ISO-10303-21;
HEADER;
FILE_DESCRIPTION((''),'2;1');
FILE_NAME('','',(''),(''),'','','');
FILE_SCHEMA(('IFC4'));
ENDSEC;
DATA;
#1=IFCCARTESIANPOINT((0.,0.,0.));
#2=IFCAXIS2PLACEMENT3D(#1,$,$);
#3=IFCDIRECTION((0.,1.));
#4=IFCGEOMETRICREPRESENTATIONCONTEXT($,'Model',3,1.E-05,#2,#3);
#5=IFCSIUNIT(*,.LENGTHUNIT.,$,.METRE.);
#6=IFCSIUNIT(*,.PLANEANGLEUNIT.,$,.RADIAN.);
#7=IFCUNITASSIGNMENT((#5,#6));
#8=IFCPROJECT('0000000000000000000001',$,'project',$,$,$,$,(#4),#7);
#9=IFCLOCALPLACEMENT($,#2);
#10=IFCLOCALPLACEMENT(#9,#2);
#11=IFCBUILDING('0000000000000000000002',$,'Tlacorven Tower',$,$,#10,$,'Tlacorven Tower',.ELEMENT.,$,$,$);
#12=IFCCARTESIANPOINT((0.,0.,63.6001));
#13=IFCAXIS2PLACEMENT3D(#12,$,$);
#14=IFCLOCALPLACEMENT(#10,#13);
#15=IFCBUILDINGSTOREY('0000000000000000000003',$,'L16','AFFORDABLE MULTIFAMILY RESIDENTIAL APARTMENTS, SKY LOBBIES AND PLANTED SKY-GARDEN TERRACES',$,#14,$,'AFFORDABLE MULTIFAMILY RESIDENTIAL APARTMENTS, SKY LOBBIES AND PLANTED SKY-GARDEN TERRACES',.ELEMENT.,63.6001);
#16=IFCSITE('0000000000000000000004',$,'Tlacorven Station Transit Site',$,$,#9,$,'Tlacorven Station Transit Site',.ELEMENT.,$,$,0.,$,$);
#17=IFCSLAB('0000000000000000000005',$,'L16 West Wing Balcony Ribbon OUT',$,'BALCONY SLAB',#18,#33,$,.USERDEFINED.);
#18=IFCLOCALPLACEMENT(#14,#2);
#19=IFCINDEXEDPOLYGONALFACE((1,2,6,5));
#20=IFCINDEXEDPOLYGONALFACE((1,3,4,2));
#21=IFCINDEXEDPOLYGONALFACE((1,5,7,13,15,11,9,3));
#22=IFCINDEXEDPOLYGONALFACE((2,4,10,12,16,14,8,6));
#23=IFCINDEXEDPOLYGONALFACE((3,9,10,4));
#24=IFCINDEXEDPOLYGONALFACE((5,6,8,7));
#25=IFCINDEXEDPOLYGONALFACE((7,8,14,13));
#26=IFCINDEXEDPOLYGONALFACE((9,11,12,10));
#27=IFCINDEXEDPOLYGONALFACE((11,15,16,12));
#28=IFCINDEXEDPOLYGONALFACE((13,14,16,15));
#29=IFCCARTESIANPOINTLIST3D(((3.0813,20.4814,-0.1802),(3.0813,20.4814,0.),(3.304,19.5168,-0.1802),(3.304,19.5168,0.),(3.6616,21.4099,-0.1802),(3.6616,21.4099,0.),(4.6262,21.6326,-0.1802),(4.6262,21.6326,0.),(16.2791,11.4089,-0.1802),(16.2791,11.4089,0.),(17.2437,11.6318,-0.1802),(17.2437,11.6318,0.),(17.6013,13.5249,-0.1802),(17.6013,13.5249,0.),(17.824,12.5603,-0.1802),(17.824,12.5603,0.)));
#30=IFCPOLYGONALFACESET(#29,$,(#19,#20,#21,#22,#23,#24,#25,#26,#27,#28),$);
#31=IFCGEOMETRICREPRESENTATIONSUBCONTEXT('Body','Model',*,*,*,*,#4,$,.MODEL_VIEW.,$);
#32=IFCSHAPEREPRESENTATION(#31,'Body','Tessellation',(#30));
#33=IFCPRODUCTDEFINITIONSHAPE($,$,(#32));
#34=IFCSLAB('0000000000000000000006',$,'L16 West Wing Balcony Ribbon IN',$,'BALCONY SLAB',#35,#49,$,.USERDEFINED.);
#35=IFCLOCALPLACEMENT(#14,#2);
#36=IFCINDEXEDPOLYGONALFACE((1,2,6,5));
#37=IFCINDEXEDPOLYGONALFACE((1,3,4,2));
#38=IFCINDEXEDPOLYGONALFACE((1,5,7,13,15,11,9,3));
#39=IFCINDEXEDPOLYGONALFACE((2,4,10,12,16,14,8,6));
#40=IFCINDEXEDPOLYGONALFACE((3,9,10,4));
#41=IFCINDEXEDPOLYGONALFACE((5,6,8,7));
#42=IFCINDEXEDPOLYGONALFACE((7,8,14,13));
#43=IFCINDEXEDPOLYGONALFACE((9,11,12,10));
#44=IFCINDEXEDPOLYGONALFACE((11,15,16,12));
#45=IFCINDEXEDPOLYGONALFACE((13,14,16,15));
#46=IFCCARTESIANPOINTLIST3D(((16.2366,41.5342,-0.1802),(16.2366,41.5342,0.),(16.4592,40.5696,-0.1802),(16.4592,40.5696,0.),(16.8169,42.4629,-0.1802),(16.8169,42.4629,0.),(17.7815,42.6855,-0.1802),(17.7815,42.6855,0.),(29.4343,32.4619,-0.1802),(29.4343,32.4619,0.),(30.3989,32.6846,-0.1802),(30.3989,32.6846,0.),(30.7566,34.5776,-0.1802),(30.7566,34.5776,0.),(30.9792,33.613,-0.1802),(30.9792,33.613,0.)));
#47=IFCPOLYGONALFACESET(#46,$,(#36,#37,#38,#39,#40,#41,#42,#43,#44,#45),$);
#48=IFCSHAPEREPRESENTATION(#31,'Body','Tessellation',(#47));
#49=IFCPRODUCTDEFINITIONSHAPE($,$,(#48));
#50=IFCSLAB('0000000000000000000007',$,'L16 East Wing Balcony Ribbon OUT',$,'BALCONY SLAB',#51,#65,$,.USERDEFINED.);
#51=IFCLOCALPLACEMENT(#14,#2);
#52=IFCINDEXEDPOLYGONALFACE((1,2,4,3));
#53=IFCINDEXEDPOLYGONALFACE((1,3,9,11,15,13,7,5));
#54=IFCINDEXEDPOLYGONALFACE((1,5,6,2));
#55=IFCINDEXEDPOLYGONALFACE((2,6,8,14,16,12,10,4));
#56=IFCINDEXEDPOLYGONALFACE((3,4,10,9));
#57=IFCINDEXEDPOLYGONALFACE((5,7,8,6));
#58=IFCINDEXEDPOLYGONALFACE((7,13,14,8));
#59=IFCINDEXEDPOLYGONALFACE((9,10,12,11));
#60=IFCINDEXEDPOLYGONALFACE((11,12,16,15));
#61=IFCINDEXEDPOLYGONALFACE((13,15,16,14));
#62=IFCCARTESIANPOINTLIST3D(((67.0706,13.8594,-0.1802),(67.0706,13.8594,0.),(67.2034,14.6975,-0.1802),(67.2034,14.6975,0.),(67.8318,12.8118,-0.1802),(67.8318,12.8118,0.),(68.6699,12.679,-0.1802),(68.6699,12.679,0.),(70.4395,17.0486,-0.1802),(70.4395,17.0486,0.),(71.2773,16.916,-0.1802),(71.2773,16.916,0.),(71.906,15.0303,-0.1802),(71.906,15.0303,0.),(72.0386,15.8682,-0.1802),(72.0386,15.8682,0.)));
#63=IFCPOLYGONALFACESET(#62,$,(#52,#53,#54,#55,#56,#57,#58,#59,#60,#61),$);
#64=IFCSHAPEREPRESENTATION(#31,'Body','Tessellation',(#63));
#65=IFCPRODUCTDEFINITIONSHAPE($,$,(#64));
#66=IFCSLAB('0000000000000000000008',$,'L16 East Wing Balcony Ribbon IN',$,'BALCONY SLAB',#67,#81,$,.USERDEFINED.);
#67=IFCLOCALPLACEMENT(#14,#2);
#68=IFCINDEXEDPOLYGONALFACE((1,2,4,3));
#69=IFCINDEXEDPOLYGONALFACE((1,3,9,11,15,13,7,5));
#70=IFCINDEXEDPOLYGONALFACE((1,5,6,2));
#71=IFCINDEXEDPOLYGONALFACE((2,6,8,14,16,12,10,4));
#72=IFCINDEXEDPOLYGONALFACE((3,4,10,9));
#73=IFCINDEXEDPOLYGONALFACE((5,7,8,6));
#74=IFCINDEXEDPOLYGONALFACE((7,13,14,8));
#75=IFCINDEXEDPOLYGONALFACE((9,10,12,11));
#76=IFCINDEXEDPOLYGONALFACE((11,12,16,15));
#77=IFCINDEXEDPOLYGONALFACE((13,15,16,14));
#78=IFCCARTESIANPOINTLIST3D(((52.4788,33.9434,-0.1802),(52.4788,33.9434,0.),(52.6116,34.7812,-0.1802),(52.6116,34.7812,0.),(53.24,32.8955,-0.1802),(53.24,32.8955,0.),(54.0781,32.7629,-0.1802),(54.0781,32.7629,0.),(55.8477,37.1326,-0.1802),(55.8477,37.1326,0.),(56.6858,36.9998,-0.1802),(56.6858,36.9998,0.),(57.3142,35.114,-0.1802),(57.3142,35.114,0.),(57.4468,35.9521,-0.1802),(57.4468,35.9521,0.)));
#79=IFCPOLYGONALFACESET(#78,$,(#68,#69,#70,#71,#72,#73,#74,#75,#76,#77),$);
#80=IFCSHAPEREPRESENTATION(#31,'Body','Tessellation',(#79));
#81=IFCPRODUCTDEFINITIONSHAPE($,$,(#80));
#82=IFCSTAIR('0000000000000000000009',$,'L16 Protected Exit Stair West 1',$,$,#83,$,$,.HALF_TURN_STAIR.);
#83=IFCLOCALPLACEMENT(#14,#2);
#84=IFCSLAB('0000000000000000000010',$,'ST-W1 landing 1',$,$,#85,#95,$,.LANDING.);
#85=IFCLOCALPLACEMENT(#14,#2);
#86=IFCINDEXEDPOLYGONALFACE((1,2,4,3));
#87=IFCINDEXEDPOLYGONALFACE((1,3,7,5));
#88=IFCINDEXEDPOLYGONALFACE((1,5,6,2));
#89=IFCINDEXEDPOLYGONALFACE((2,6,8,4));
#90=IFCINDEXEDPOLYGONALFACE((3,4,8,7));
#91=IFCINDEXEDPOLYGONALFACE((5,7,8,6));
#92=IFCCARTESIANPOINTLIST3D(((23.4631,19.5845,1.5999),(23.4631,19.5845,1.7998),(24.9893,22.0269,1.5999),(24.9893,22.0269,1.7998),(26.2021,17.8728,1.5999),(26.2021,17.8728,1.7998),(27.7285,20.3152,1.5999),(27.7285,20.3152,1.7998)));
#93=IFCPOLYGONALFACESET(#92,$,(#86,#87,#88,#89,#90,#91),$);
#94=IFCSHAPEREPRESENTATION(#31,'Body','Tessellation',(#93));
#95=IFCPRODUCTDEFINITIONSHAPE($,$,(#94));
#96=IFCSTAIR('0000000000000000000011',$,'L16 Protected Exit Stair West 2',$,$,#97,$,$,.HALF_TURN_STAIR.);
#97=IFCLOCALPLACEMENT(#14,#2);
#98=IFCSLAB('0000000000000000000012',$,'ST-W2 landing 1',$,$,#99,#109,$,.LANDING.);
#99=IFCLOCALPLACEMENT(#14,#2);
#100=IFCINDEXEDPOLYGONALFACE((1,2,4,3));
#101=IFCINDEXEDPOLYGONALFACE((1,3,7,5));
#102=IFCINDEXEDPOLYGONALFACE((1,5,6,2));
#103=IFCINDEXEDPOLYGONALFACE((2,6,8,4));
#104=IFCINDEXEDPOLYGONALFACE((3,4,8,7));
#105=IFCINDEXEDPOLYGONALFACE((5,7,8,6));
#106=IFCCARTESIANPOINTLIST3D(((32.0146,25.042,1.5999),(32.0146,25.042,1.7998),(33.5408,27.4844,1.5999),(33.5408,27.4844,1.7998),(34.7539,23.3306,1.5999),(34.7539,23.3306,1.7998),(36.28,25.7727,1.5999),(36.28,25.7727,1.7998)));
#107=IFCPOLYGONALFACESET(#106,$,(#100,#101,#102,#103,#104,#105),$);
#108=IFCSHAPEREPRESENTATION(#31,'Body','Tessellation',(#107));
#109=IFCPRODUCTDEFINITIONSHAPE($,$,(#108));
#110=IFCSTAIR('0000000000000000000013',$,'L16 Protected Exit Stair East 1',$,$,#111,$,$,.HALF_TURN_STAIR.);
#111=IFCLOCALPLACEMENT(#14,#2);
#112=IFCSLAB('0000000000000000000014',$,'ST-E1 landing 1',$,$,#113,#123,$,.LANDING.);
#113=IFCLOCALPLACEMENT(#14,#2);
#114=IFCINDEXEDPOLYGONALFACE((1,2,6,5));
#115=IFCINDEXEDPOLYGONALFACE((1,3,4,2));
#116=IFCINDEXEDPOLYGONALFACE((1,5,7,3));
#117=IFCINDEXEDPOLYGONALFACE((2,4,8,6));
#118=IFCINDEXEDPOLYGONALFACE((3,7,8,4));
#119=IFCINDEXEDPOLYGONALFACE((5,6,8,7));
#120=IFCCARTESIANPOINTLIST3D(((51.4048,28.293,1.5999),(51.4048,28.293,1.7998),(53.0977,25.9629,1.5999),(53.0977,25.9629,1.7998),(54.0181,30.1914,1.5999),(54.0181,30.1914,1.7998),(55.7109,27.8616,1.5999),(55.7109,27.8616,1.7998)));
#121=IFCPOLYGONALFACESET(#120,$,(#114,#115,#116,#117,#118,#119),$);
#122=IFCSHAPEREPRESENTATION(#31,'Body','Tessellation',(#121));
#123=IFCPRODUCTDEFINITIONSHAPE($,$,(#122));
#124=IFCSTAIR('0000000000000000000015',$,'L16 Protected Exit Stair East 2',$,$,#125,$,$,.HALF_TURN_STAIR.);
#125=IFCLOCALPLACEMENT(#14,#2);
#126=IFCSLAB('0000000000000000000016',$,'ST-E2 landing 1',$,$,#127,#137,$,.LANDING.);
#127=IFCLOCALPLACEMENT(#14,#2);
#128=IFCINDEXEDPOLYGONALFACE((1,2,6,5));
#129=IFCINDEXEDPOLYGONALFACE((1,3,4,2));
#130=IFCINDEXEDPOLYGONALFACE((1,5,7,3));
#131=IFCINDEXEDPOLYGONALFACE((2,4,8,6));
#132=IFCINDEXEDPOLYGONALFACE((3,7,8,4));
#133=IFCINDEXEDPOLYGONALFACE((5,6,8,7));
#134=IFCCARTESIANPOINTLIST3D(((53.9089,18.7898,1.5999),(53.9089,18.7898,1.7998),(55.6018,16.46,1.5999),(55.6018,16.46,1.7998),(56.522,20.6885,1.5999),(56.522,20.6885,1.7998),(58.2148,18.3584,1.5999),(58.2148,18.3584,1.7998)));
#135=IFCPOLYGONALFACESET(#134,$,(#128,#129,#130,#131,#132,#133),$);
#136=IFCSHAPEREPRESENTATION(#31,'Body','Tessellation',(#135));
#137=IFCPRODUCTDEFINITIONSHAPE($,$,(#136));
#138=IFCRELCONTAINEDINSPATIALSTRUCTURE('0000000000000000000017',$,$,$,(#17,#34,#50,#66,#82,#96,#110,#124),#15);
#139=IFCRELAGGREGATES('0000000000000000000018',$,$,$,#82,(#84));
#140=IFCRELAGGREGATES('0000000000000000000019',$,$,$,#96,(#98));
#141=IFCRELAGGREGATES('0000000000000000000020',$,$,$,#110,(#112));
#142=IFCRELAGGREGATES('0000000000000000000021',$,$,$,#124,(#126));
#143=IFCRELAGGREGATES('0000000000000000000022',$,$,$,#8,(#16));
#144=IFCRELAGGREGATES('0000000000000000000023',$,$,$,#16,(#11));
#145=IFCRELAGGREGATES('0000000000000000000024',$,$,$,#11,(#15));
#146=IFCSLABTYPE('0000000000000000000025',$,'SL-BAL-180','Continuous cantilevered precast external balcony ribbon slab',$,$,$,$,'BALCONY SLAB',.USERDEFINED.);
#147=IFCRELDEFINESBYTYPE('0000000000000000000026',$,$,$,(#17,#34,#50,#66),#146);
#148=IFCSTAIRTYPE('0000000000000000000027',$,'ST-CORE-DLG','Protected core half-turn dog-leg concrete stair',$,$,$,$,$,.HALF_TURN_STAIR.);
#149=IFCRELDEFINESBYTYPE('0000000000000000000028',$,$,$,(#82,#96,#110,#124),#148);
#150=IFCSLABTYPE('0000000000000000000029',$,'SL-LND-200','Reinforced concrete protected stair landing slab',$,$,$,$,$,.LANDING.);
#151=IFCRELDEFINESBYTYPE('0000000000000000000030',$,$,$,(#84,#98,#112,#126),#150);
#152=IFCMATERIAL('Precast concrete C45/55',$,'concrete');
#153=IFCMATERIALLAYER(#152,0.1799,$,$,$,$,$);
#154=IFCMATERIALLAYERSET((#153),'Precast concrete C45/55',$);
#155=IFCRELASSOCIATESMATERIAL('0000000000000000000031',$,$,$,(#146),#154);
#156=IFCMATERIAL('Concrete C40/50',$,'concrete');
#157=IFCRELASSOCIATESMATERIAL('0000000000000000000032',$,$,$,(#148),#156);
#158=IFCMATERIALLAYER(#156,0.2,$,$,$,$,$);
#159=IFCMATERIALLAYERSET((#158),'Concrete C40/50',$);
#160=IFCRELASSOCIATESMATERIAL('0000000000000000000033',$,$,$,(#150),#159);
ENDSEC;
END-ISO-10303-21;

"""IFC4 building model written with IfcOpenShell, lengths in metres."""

from ifc_helpers import new_model, si_unit, direction, frame, origin, place, context, subcontext, project, spatial, polyline, outline, extrude, material, layer, layer_set, type_object, element, aggregate, save


model = new_model("IFC4")

# Units and contexts
model_context = context("Model", 3, precision=1e-05, world=origin(), true_north=direction((0.0, 1.0)))
body_context = subcontext(model_context, "Body", "Model", "MODEL_VIEW")
ifc_project = project(units=[si_unit("LENGTHUNIT", "METRE"), si_unit("PLANEANGLEUNIT", "RADIAN")], contexts=[model_context])

# Site, building, storey
site_placement = place(None, origin())
site = spatial("IfcSite", under=ifc_project, at=site_placement, Name="Tlacorven Station Transit Site", LongName="Tlacorven Station Transit Site", CompositionType="ELEMENT", RefElevation=0.0)
building_placement = place(site_placement, origin())
building = spatial("IfcBuilding", under=site, at=building_placement, Name="Tlacorven Tower", LongName="Tlacorven Tower", CompositionType="ELEMENT")
storey_placement = place(building_placement, frame((0.0, 0.0, 63.6001)))
storey = spatial("IfcBuildingStorey", under=building, at=storey_placement, Name="L16", Description="AFFORDABLE MULTIFAMILY RESIDENTIAL APARTMENTS, SKY LOBBIES AND PLANTED SKY-GARDEN TERRACES", LongName="AFFORDABLE MULTIFAMILY RESIDENTIAL APARTMENTS, SKY LOBBIES AND PLANTED SKY-GARDEN TERRACES", CompositionType="ELEMENT", Elevation=63.6001)

# Slabs
ifc_material_1 = material(Name="Precast concrete C45/55", Category="concrete")
ifc_layer_1 = layer(ifc_material_1, 0.1799)
ifc_layer_set_1 = layer_set([ifc_layer_1], Name="Precast concrete C45/55")
slab_type_1 = type_object("IfcSlabType", Name="SL-BAL-180", Description="Continuous cantilevered precast external balcony ribbon slab", ElementType="BALCONY SLAB", PredefinedType="USERDEFINED", material=ifc_layer_set_1)
slab_1_placement = place(storey_placement, frame((0.0, 0.0, -0.1802)))
element("IfcSlab", 1, at=slab_1_placement, inside=storey, type_object=slab_type_1, Name="L16 West Wing Balcony Ribbon OUT", ObjectType="BALCONY SLAB", PredefinedType="USERDEFINED", context=body_context, shape_type="SweptSolid", body=[
    extrude(outline(polyline([(17.6013, 13.5249), (4.6262, 21.6326), (3.6616, 21.4099), (3.0813, 20.4814), (3.304, 19.5168), (16.2791, 11.4089), (17.2437, 11.6318), (17.824, 12.5603), (17.6013, 13.5249)])), origin(), (0.0, 0.0, 1.0), 0.1802),
])
slab_2_placement = place(storey_placement, frame((0.0, 0.0, -0.1802)))
element("IfcSlab", 2, at=slab_2_placement, inside=storey, type_object=slab_type_1, Name="L16 West Wing Balcony Ribbon IN", ObjectType="BALCONY SLAB", PredefinedType="USERDEFINED", context=body_context, shape_type="SweptSolid", body=[
    extrude(outline(polyline([(30.7566, 34.5776), (17.7815, 42.6855), (16.8169, 42.4629), (16.2366, 41.5342), (16.4592, 40.5696), (29.4343, 32.4619), (30.3989, 32.6846), (30.9792, 33.613), (30.7566, 34.5776)])), origin(), (0.0, 0.0, 1.0), 0.1802),
])
slab_3_placement = place(storey_placement, frame((0.0, 0.0, -0.1802)))
element("IfcSlab", 3, at=slab_3_placement, inside=storey, type_object=slab_type_1, Name="L16 East Wing Balcony Ribbon OUT", ObjectType="BALCONY SLAB", PredefinedType="USERDEFINED", context=body_context, shape_type="SweptSolid", body=[
    extrude(outline(polyline([(68.6699, 12.679), (71.906, 15.0303), (72.0386, 15.8682), (71.2773, 16.916), (70.4395, 17.0486), (67.2034, 14.6975), (67.0706, 13.8594), (67.8318, 12.8118), (68.6699, 12.679)])), origin(), (0.0, 0.0, 1.0), 0.1802),
])
slab_4_placement = place(storey_placement, frame((0.0, 0.0, -0.1802)))
element("IfcSlab", 4, at=slab_4_placement, inside=storey, type_object=slab_type_1, Name="L16 East Wing Balcony Ribbon IN", ObjectType="BALCONY SLAB", PredefinedType="USERDEFINED", context=body_context, shape_type="SweptSolid", body=[
    extrude(outline(polyline([(54.0781, 32.7629), (57.3142, 35.114), (57.4468, 35.9521), (56.6858, 36.9998), (55.8477, 37.1326), (52.6116, 34.7812), (52.4788, 33.9434), (53.24, 32.8955), (54.0781, 32.7629)])), origin(), (0.0, 0.0, 1.0), 0.1802),
])

# Stairs, slabs
ifc_material_2 = material(Name="Concrete C40/50", Category="concrete")
stair_type = type_object("IfcStairType", Name="ST-CORE-DLG", Description="Protected core half-turn dog-leg concrete stair", PredefinedType="HALF_TURN_STAIR", material=ifc_material_2)
stair_1_placement = place(storey_placement, origin())
stair_1 = element("IfcStair", 5, at=stair_1_placement, inside=storey, type_object=stair_type, Name="L16 Protected Exit Stair West 1", PredefinedType="HALF_TURN_STAIR")
ifc_layer_2 = layer(ifc_material_2, 0.2)
ifc_layer_set_2 = layer_set([ifc_layer_2], Name="Concrete C40/50")
slab_type_2 = type_object("IfcSlabType", Name="SL-LND-200", Description="Reinforced concrete protected stair landing slab", PredefinedType="LANDING", material=ifc_layer_set_2)
slab_5_placement = place(storey_placement, frame((0.0, 0.0, 1.5999)))
slab_5 = element("IfcSlab", 6, at=slab_5_placement, type_object=slab_type_2, Name="ST-W1 landing 1", PredefinedType="LANDING", context=body_context, shape_type="SweptSolid", body=[
    extrude(outline(polyline([(27.7285, 20.3152), (24.9893, 22.0269), (23.4631, 19.5845), (26.2021, 17.8728), (27.7285, 20.3152)])), origin(), (0.0, 0.0, 1.0), 0.2),
])
aggregate(stair_1, [slab_5])
stair_2_placement = place(storey_placement, origin())
stair_2 = element("IfcStair", 7, at=stair_2_placement, inside=storey, type_object=stair_type, Name="L16 Protected Exit Stair West 2", PredefinedType="HALF_TURN_STAIR")
slab_6_placement = place(storey_placement, frame((0.0, 0.0, 1.5999)))
slab_6 = element("IfcSlab", 8, at=slab_6_placement, type_object=slab_type_2, Name="ST-W2 landing 1", PredefinedType="LANDING", context=body_context, shape_type="SweptSolid", body=[
    extrude(outline(polyline([(36.28, 25.7727), (33.5408, 27.4844), (32.0146, 25.042), (34.7539, 23.3306), (36.28, 25.7727)])), origin(), (0.0, 0.0, 1.0), 0.2),
])
aggregate(stair_2, [slab_6])
stair_3_placement = place(storey_placement, origin())
stair_3 = element("IfcStair", 9, at=stair_3_placement, inside=storey, type_object=stair_type, Name="L16 Protected Exit Stair East 1", PredefinedType="HALF_TURN_STAIR")
slab_7_placement = place(storey_placement, frame((0.0, 0.0, 1.5999)))
slab_7 = element("IfcSlab", 10, at=slab_7_placement, type_object=slab_type_2, Name="ST-E1 landing 1", PredefinedType="LANDING", context=body_context, shape_type="SweptSolid", body=[
    extrude(outline(polyline([(53.0977, 25.9629), (55.7109, 27.8616), (54.0181, 30.1914), (51.4048, 28.293), (53.0977, 25.9629)])), origin(), (0.0, 0.0, 1.0), 0.2),
])
aggregate(stair_3, [slab_7])
stair_4_placement = place(storey_placement, origin())
stair_4 = element("IfcStair", 11, at=stair_4_placement, inside=storey, type_object=stair_type, Name="L16 Protected Exit Stair East 2", PredefinedType="HALF_TURN_STAIR")
slab_8_placement = place(storey_placement, frame((0.0, 0.0, 1.5999)))
slab_8 = element("IfcSlab", 12, at=slab_8_placement, type_object=slab_type_2, Name="ST-E2 landing 1", PredefinedType="LANDING", context=body_context, shape_type="SweptSolid", body=[
    extrude(outline(polyline([(55.6018, 16.46), (58.2148, 18.3584), (56.522, 20.6885), (53.9089, 18.7898), (55.6018, 16.46)])), origin(), (0.0, 0.0, 1.0), 0.2),
])
aggregate(stair_4, [slab_8])

save(model, "model.ifc")
